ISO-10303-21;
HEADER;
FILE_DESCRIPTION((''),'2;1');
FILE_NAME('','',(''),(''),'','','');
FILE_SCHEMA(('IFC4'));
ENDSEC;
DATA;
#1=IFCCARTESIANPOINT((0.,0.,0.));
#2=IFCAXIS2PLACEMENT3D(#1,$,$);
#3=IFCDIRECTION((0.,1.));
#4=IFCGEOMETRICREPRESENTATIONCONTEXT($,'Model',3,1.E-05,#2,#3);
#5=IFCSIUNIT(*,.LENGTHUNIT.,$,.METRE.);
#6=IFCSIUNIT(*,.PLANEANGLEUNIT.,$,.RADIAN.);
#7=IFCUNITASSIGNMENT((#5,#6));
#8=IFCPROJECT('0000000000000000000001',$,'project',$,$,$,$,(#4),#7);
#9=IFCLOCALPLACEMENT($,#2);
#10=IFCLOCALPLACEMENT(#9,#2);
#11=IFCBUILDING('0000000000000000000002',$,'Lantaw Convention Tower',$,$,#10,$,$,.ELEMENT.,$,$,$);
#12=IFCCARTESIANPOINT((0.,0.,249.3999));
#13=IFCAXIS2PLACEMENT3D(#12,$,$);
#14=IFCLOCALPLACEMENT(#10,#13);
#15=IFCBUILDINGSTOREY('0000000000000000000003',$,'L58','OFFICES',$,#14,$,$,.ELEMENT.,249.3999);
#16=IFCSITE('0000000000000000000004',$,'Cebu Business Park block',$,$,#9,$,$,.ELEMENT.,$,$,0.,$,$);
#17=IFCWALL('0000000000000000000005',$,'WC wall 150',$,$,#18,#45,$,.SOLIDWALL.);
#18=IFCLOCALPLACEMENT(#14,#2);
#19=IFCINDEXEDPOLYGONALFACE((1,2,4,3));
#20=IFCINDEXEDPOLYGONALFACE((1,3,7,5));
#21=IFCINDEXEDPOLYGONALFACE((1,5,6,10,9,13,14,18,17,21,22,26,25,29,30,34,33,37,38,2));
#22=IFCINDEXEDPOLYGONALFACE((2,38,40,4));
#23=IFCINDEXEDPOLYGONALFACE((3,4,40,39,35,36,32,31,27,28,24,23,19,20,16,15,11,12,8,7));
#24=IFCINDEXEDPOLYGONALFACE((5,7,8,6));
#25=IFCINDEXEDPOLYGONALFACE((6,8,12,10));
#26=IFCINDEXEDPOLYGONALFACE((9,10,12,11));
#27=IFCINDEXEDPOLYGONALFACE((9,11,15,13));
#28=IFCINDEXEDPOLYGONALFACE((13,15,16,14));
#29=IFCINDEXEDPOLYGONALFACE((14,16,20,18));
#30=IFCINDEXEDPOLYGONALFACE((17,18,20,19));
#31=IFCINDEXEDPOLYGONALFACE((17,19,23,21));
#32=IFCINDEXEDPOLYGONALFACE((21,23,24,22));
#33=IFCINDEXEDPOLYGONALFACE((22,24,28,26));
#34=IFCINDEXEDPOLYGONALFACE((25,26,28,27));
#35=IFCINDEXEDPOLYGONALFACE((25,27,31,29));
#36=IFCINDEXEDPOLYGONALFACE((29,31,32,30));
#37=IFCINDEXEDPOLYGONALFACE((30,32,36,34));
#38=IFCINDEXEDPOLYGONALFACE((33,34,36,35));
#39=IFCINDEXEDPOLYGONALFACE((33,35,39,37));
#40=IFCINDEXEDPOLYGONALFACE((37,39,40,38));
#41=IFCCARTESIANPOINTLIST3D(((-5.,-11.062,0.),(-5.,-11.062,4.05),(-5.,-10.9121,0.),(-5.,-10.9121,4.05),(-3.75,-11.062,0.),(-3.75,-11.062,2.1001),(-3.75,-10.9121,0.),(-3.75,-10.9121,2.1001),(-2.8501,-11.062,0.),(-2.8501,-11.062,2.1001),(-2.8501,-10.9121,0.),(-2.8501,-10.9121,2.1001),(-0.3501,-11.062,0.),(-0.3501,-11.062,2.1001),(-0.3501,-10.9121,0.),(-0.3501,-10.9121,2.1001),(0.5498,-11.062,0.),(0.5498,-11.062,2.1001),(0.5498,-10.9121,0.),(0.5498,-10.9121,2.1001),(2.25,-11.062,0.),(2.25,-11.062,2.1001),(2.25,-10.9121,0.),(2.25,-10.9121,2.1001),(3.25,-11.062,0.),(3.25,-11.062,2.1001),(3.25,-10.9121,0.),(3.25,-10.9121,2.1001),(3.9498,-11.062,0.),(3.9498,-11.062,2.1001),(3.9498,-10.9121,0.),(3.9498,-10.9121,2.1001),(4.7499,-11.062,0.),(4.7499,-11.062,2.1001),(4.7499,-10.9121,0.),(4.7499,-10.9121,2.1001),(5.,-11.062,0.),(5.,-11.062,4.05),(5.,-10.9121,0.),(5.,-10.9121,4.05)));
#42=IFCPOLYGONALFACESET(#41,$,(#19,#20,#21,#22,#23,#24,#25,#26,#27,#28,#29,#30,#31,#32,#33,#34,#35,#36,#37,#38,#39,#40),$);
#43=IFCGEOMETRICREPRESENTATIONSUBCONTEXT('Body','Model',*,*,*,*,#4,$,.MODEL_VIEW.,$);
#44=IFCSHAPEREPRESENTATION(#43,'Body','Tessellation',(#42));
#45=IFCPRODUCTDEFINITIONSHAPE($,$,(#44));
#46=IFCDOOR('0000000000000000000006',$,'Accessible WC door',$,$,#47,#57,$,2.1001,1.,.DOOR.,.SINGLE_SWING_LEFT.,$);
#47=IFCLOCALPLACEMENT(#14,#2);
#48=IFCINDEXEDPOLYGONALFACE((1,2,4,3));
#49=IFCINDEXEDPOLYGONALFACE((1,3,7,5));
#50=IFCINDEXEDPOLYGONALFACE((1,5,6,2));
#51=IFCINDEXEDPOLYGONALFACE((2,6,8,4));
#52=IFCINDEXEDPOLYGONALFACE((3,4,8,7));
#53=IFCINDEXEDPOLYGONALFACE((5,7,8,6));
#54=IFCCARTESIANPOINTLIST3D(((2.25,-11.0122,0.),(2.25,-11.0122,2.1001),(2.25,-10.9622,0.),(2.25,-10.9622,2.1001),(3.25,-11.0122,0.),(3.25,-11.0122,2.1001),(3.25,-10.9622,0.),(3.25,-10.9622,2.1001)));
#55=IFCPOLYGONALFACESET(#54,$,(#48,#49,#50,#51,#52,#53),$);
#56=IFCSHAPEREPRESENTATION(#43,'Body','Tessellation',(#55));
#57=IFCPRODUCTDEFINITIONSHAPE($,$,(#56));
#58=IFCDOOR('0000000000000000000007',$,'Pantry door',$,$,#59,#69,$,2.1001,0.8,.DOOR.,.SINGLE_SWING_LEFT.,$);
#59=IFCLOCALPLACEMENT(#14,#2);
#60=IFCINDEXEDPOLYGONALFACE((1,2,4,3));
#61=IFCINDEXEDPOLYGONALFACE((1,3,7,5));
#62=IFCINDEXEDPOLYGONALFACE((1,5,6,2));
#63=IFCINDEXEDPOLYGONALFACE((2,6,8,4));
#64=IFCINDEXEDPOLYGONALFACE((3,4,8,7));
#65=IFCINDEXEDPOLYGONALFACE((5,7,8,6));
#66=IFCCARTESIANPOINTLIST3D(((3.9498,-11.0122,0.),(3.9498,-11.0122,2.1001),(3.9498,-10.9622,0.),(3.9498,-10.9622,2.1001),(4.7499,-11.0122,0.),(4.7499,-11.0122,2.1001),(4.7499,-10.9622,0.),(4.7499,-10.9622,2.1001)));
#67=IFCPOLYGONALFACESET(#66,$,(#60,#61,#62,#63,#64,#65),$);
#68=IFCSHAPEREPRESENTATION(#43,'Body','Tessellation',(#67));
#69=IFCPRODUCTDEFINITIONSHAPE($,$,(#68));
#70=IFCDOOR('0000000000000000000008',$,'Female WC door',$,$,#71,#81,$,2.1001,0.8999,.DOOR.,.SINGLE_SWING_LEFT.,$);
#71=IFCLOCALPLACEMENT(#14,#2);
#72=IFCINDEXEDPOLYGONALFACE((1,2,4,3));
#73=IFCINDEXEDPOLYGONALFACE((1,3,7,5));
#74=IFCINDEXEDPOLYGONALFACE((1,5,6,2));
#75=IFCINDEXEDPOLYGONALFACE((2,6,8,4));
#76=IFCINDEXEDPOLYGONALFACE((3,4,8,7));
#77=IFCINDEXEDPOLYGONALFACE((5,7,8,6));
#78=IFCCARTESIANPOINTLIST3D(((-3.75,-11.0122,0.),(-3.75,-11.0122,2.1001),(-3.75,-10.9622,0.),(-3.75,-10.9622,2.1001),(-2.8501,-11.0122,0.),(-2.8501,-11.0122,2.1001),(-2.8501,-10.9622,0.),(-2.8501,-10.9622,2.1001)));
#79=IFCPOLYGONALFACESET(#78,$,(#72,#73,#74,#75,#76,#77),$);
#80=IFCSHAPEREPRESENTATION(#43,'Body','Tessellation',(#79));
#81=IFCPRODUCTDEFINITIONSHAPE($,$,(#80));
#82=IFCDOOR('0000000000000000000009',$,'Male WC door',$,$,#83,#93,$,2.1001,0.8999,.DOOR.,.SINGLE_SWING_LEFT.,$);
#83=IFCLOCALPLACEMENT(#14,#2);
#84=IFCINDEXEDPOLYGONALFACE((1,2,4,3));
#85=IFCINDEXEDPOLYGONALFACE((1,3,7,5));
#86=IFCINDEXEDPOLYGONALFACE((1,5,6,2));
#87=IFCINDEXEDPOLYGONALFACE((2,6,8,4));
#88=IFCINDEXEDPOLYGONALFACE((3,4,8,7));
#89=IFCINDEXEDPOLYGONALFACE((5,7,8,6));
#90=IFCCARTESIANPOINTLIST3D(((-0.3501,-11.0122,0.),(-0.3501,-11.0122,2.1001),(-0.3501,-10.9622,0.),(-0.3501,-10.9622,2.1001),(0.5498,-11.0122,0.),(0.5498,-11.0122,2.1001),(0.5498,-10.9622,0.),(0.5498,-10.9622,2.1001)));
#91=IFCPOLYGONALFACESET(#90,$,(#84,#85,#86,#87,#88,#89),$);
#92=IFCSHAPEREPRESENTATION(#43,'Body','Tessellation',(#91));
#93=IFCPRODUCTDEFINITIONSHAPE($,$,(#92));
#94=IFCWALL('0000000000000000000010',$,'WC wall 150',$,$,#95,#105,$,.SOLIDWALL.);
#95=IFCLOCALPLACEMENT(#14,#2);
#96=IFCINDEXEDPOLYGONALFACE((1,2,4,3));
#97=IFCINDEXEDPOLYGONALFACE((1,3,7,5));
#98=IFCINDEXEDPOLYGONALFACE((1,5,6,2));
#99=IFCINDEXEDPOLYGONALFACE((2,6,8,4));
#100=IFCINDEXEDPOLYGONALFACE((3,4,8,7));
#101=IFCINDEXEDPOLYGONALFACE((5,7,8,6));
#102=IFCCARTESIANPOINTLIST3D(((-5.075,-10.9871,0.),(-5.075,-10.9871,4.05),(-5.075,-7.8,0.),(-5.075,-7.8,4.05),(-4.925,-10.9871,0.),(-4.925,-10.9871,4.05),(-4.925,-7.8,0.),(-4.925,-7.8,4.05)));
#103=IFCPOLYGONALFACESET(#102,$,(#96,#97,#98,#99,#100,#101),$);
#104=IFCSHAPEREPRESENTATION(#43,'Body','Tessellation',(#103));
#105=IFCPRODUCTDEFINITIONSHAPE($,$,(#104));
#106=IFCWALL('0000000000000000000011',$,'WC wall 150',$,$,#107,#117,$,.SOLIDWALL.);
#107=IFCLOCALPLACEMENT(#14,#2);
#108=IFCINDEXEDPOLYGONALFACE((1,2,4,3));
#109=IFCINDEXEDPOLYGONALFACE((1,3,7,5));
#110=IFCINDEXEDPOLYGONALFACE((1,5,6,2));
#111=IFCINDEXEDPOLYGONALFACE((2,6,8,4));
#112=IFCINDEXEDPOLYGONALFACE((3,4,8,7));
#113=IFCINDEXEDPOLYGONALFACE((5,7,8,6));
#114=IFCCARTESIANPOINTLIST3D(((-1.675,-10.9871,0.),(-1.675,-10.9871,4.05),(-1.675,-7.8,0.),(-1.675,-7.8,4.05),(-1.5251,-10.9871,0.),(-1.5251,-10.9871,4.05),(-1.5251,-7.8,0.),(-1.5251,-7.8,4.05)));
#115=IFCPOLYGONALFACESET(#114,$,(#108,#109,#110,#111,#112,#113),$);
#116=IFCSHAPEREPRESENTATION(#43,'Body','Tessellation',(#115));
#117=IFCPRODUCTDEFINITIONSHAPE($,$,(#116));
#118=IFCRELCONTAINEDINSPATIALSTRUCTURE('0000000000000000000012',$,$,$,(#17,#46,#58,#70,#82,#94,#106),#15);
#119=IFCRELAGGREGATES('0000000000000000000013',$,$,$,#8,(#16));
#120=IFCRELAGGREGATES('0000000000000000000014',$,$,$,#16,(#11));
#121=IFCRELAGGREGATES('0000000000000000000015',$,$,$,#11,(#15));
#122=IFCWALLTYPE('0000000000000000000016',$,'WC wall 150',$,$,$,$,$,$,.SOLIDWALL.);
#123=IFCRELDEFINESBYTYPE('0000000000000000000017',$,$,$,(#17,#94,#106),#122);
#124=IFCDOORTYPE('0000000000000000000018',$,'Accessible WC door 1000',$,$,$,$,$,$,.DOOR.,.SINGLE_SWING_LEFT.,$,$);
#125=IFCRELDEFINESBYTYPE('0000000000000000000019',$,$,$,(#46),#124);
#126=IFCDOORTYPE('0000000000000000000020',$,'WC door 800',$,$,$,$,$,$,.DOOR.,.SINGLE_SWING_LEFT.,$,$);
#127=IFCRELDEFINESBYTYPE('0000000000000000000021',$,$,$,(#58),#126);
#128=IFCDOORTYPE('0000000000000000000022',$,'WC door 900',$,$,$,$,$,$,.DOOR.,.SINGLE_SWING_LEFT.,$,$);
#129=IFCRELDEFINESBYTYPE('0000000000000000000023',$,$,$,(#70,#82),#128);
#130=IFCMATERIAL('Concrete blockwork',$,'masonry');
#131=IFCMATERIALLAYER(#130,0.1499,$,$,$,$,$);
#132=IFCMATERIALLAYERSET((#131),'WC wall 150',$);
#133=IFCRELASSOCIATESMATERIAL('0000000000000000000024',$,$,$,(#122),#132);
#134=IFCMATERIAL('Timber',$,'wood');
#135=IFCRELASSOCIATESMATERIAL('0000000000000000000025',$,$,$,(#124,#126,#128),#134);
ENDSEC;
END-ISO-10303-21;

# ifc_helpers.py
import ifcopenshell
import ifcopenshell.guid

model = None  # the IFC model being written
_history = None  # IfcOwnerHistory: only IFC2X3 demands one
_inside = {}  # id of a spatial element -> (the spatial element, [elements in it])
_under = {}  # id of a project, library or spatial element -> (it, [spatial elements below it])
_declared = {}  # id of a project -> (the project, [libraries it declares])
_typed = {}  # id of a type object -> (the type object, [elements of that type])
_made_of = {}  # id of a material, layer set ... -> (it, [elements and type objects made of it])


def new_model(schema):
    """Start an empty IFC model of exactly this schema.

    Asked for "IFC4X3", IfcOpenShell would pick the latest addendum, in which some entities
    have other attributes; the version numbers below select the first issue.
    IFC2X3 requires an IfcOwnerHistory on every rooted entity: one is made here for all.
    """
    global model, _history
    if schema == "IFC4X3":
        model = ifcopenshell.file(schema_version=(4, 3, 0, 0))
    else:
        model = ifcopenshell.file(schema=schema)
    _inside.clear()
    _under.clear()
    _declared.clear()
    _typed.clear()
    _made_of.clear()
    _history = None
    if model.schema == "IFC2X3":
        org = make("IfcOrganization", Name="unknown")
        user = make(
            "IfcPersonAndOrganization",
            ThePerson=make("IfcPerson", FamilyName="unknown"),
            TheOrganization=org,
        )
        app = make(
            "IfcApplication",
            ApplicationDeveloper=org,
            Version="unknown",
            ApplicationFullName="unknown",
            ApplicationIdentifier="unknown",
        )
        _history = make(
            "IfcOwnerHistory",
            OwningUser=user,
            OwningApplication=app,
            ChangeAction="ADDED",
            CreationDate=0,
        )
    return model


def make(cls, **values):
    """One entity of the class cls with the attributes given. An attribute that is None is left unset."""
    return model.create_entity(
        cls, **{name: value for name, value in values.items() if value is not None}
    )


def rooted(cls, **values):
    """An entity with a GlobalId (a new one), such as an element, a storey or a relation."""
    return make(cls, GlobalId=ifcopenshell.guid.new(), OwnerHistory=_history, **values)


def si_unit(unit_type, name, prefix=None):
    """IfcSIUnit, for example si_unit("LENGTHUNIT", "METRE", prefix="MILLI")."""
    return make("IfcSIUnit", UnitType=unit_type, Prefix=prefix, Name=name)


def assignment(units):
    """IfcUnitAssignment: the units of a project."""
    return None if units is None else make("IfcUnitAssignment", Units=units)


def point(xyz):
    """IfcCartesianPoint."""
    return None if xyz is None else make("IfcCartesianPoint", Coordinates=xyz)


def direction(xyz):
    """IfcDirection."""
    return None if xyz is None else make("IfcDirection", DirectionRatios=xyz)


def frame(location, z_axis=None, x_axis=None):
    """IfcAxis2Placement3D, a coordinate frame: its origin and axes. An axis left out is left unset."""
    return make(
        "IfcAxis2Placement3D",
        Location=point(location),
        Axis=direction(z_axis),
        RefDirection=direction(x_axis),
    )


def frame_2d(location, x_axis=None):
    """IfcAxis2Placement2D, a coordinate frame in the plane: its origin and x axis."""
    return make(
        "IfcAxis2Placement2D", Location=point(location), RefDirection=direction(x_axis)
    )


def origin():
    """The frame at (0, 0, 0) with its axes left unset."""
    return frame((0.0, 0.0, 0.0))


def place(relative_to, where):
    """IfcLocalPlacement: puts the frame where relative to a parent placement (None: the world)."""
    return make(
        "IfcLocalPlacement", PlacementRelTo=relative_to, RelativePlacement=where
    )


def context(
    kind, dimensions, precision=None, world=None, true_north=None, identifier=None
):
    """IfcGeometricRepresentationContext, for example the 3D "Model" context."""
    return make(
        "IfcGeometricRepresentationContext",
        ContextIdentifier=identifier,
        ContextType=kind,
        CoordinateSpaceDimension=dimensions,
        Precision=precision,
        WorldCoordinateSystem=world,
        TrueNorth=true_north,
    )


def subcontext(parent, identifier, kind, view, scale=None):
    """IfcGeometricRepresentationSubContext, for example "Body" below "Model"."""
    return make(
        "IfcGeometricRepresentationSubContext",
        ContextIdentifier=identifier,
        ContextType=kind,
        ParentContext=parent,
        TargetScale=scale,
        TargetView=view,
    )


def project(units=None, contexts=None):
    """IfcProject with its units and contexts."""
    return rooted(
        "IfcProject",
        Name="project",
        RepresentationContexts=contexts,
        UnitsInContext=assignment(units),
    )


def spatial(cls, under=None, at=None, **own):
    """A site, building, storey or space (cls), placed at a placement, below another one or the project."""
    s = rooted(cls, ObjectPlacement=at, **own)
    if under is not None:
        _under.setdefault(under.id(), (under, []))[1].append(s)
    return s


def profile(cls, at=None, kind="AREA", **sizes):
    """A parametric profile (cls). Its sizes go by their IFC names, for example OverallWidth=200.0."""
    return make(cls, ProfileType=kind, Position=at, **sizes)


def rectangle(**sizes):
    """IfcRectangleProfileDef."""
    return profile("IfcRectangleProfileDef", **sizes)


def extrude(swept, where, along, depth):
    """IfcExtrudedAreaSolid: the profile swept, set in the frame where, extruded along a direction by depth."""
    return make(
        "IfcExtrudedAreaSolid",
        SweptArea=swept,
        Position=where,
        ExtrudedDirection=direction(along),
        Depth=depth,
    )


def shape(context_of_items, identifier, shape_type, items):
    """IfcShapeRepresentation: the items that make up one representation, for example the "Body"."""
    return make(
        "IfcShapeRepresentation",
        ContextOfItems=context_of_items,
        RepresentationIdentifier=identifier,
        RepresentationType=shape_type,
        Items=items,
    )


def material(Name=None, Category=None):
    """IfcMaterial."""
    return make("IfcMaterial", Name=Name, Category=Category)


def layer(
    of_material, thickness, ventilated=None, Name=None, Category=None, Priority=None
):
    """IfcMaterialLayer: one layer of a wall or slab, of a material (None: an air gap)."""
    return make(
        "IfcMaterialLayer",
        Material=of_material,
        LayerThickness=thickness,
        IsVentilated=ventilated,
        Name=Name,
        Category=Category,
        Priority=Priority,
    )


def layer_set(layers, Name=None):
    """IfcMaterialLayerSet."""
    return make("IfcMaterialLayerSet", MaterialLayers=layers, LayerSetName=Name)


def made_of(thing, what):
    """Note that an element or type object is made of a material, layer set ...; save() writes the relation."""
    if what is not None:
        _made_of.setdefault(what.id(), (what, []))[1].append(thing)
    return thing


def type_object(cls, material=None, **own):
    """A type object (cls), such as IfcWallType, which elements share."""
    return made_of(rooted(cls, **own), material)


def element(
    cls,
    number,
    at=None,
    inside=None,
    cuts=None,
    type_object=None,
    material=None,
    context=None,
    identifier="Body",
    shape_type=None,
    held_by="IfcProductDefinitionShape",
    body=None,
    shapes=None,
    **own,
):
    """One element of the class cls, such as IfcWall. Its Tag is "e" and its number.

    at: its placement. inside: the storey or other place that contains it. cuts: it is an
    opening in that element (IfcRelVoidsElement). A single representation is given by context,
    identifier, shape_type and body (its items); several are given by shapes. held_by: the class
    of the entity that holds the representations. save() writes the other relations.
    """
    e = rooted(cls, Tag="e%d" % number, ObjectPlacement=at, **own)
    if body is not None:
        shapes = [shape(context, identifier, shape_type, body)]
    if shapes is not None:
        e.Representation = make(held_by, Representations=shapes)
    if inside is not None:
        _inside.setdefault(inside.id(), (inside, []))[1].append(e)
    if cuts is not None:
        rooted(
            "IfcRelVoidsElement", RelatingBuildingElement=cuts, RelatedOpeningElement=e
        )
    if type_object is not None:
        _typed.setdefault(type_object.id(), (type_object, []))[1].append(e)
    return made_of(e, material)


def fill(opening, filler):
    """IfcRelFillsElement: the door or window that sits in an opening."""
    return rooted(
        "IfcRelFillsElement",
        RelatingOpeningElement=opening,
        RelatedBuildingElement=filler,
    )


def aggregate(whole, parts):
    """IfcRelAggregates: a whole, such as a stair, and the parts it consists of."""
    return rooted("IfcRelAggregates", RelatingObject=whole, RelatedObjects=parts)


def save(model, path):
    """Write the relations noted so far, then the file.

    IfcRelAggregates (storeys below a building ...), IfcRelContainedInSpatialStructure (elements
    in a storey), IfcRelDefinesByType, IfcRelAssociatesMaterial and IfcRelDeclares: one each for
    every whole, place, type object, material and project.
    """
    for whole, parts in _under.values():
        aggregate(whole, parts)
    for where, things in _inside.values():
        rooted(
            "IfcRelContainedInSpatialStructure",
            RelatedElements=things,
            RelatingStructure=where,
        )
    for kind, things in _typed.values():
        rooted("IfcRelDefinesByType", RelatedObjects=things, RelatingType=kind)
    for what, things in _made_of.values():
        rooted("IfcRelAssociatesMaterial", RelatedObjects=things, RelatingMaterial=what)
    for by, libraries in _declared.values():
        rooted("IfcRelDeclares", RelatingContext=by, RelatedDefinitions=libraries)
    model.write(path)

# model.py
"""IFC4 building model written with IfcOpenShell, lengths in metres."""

from ifc_helpers import new_model, si_unit, direction, frame, frame_2d, origin, place, context, subcontext, project, spatial, rectangle, extrude, material, layer, layer_set, type_object, element, fill, save


model = new_model("IFC4")

# Units and contexts
model_context = context("Model", 3, precision=1e-05, world=origin(), true_north=direction((0.0, 1.0)))
body_context = subcontext(model_context, "Body", "Model", "MODEL_VIEW")
ifc_project = project(units=[si_unit("LENGTHUNIT", "METRE"), si_unit("PLANEANGLEUNIT", "RADIAN")], contexts=[model_context])

# Site, building, storey
site_placement = place(None, origin())
site = spatial("IfcSite", under=ifc_project, at=site_placement, Name="Cebu Business Park block", CompositionType="ELEMENT", RefElevation=0.0)
building_placement = place(site_placement, origin())
building = spatial("IfcBuilding", under=site, at=building_placement, Name="Lantaw Convention Tower", CompositionType="ELEMENT")
storey_placement = place(building_placement, frame((0.0, 0.0, 249.3999)))
storey = spatial("IfcBuildingStorey", under=building, at=storey_placement, Name="L58", Description="OFFICES", CompositionType="ELEMENT", Elevation=249.3999)

# Shared definitions
ifc_material_1 = material(Name="Timber", Category="wood")

# Wall, openings, doors
ifc_material_2 = material(Name="Concrete blockwork", Category="masonry")
ifc_layer_1 = layer(ifc_material_2, 0.1499)
ifc_layer_set_1 = layer_set([ifc_layer_1], Name="WC wall 150")
wall_type_1 = type_object("IfcWallType", Name="WC wall 150", PredefinedType="SOLIDWALL", material=ifc_layer_set_1)
wall_1_placement = place(storey_placement, frame((-5.0, -10.9871, 0.0), z_axis=(0.0, 0.0, 1.0), x_axis=(1.0, 0.0, 0.0)))
wall_1 = element("IfcWall", 1, at=wall_1_placement, inside=storey, type_object=wall_type_1, Name="WC wall 150", PredefinedType="SOLIDWALL", context=body_context, shape_type="SweptSolid", body=[
    extrude(rectangle(XDim=10.0, YDim=0.1499, at=frame_2d((5.0, 0.0))), origin(), (0.0, 0.0, 1.0), 4.05),
])
opening_1_placement = place(wall_1_placement, frame((1.25, 0.0, 0.0)))
opening_1 = element("IfcOpeningElement", 2, at=opening_1_placement, cuts=wall_1, PredefinedType="OPENING", context=body_context, shape_type="SweptSolid", body=[
    extrude(rectangle(XDim=0.8999, YDim=2.1001, at=frame_2d((0.45, 1.05))), frame((0.0, 0.085, 0.0), z_axis=(0.0, -1.0, 0.0), x_axis=(1.0, 0.0, 0.0)), (0.0, 0.0, 1.0), 0.1699),
])
opening_2_placement = place(wall_1_placement, frame((4.6499, 0.0, 0.0)))
opening_2 = element("IfcOpeningElement", 3, at=opening_2_placement, cuts=wall_1, PredefinedType="OPENING", context=body_context, shape_type="SweptSolid", body=[
    extrude(rectangle(XDim=0.8999, YDim=2.1001, at=frame_2d((0.45, 1.05))), frame((0.0, 0.085, 0.0), z_axis=(0.0, -1.0, 0.0), x_axis=(1.0, 0.0, 0.0)), (0.0, 0.0, 1.0), 0.1699),
])
opening_3_placement = place(wall_1_placement, frame((7.25, 0.0, 0.0)))
opening_3 = element("IfcOpeningElement", 4, at=opening_3_placement, cuts=wall_1, PredefinedType="OPENING", context=body_context, shape_type="SweptSolid", body=[
    extrude(rectangle(XDim=1.0, YDim=2.1001, at=frame_2d((0.5, 1.05))), frame((0.0, 0.085, 0.0), z_axis=(0.0, -1.0, 0.0), x_axis=(1.0, 0.0, 0.0)), (0.0, 0.0, 1.0), 0.1699),
])
opening_4_placement = place(wall_1_placement, frame((8.95, 0.0, 0.0)))
opening_4 = element("IfcOpeningElement", 5, at=opening_4_placement, cuts=wall_1, PredefinedType="OPENING", context=body_context, shape_type="SweptSolid", body=[
    extrude(rectangle(XDim=0.8, YDim=2.1001, at=frame_2d((0.3999, 1.05))), frame((0.0, 0.085, 0.0), z_axis=(0.0, -1.0, 0.0), x_axis=(1.0, 0.0, 0.0)), (0.0, 0.0, 1.0), 0.1699),
])
door_type_1 = type_object("IfcDoorType", Name="Accessible WC door 1000", OperationType="SINGLE_SWING_LEFT", PredefinedType="DOOR", material=ifc_material_1)
door_1_placement = place(opening_3_placement, origin())
door_1 = element("IfcDoor", 6, at=door_1_placement, inside=storey, type_object=door_type_1, Name="Accessible WC door", OperationType="SINGLE_SWING_LEFT", OverallHeight=2.1001, OverallWidth=1.0, PredefinedType="DOOR", context=body_context, shape_type="SweptSolid", body=[
    extrude(rectangle(XDim=1.0, YDim=2.1001, at=frame_2d((0.5, 1.05))), frame((0.0, 0.0249, 0.0), z_axis=(0.0, -1.0, 0.0), x_axis=(1.0, 0.0, 0.0)), (0.0, 0.0, 1.0), 0.05),
])
fill(opening_3, door_1)
door_type_2 = type_object("IfcDoorType", Name="WC door 800", OperationType="SINGLE_SWING_LEFT", PredefinedType="DOOR", material=ifc_material_1)
door_2_placement = place(opening_4_placement, origin())
door_2 = element("IfcDoor", 7, at=door_2_placement, inside=storey, type_object=door_type_2, Name="Pantry door", OperationType="SINGLE_SWING_LEFT", OverallHeight=2.1001, OverallWidth=0.8, PredefinedType="DOOR", context=body_context, shape_type="SweptSolid", body=[
    extrude(rectangle(XDim=0.8, YDim=2.1001, at=frame_2d((0.3999, 1.05))), frame((0.0, 0.0249, 0.0), z_axis=(0.0, -1.0, 0.0), x_axis=(1.0, 0.0, 0.0)), (0.0, 0.0, 1.0), 0.05),
])
fill(opening_4, door_2)
door_type_3 = type_object("IfcDoorType", Name="WC door 900", OperationType="SINGLE_SWING_LEFT", PredefinedType="DOOR", material=ifc_material_1)
door_3_placement = place(opening_1_placement, origin())
door_3 = element("IfcDoor", 8, at=door_3_placement, inside=storey, type_object=door_type_3, Name="Female WC door", OperationType="SINGLE_SWING_LEFT", OverallHeight=2.1001, OverallWidth=0.8999, PredefinedType="DOOR", context=body_context, shape_type="SweptSolid", body=[
    extrude(rectangle(XDim=0.8999, YDim=2.1001, at=frame_2d((0.45, 1.05))), frame((0.0, 0.0249, 0.0), z_axis=(0.0, -1.0, 0.0), x_axis=(1.0, 0.0, 0.0)), (0.0, 0.0, 1.0), 0.05),
])
fill(opening_1, door_3)
door_4_placement = place(opening_2_placement, origin())
door_4 = element("IfcDoor", 9, at=door_4_placement, inside=storey, type_object=door_type_3, Name="Male WC door", OperationType="SINGLE_SWING_LEFT", OverallHeight=2.1001, OverallWidth=0.8999, PredefinedType="DOOR", context=body_context, shape_type="SweptSolid", body=[
    extrude(rectangle(XDim=0.8999, YDim=2.1001, at=frame_2d((0.45, 1.05))), frame((0.0, 0.0249, 0.0), z_axis=(0.0, -1.0, 0.0), x_axis=(1.0, 0.0, 0.0)), (0.0, 0.0, 1.0), 0.05),
])
fill(opening_2, door_4)

# Walls
for number, where, z_axis, x_axis, name in (
    (10, (-5.0, -7.8, 0.0), (0.0, 0.0, 1.0), (0.0, -1.0, 0.0), "WC wall 150"),
    (11, (-1.6001, -7.8, 0.0), (0.0, 0.0, 1.0), (0.0, -1.0, 0.0), "WC wall 150"),
):
    element("IfcWall", number, at=place(storey_placement, frame(where, z_axis=z_axis, x_axis=x_axis)), inside=storey, type_object=wall_type_1, Name=name, PredefinedType="SOLIDWALL", context=body_context, shape_type="SweptSolid", body=[
        extrude(rectangle(XDim=3.187, YDim=0.1499, at=frame_2d((1.5935, 0.0))), origin(), (0.0, 0.0, 1.0), 4.05),
    ])

save(model, "model.ifc")
